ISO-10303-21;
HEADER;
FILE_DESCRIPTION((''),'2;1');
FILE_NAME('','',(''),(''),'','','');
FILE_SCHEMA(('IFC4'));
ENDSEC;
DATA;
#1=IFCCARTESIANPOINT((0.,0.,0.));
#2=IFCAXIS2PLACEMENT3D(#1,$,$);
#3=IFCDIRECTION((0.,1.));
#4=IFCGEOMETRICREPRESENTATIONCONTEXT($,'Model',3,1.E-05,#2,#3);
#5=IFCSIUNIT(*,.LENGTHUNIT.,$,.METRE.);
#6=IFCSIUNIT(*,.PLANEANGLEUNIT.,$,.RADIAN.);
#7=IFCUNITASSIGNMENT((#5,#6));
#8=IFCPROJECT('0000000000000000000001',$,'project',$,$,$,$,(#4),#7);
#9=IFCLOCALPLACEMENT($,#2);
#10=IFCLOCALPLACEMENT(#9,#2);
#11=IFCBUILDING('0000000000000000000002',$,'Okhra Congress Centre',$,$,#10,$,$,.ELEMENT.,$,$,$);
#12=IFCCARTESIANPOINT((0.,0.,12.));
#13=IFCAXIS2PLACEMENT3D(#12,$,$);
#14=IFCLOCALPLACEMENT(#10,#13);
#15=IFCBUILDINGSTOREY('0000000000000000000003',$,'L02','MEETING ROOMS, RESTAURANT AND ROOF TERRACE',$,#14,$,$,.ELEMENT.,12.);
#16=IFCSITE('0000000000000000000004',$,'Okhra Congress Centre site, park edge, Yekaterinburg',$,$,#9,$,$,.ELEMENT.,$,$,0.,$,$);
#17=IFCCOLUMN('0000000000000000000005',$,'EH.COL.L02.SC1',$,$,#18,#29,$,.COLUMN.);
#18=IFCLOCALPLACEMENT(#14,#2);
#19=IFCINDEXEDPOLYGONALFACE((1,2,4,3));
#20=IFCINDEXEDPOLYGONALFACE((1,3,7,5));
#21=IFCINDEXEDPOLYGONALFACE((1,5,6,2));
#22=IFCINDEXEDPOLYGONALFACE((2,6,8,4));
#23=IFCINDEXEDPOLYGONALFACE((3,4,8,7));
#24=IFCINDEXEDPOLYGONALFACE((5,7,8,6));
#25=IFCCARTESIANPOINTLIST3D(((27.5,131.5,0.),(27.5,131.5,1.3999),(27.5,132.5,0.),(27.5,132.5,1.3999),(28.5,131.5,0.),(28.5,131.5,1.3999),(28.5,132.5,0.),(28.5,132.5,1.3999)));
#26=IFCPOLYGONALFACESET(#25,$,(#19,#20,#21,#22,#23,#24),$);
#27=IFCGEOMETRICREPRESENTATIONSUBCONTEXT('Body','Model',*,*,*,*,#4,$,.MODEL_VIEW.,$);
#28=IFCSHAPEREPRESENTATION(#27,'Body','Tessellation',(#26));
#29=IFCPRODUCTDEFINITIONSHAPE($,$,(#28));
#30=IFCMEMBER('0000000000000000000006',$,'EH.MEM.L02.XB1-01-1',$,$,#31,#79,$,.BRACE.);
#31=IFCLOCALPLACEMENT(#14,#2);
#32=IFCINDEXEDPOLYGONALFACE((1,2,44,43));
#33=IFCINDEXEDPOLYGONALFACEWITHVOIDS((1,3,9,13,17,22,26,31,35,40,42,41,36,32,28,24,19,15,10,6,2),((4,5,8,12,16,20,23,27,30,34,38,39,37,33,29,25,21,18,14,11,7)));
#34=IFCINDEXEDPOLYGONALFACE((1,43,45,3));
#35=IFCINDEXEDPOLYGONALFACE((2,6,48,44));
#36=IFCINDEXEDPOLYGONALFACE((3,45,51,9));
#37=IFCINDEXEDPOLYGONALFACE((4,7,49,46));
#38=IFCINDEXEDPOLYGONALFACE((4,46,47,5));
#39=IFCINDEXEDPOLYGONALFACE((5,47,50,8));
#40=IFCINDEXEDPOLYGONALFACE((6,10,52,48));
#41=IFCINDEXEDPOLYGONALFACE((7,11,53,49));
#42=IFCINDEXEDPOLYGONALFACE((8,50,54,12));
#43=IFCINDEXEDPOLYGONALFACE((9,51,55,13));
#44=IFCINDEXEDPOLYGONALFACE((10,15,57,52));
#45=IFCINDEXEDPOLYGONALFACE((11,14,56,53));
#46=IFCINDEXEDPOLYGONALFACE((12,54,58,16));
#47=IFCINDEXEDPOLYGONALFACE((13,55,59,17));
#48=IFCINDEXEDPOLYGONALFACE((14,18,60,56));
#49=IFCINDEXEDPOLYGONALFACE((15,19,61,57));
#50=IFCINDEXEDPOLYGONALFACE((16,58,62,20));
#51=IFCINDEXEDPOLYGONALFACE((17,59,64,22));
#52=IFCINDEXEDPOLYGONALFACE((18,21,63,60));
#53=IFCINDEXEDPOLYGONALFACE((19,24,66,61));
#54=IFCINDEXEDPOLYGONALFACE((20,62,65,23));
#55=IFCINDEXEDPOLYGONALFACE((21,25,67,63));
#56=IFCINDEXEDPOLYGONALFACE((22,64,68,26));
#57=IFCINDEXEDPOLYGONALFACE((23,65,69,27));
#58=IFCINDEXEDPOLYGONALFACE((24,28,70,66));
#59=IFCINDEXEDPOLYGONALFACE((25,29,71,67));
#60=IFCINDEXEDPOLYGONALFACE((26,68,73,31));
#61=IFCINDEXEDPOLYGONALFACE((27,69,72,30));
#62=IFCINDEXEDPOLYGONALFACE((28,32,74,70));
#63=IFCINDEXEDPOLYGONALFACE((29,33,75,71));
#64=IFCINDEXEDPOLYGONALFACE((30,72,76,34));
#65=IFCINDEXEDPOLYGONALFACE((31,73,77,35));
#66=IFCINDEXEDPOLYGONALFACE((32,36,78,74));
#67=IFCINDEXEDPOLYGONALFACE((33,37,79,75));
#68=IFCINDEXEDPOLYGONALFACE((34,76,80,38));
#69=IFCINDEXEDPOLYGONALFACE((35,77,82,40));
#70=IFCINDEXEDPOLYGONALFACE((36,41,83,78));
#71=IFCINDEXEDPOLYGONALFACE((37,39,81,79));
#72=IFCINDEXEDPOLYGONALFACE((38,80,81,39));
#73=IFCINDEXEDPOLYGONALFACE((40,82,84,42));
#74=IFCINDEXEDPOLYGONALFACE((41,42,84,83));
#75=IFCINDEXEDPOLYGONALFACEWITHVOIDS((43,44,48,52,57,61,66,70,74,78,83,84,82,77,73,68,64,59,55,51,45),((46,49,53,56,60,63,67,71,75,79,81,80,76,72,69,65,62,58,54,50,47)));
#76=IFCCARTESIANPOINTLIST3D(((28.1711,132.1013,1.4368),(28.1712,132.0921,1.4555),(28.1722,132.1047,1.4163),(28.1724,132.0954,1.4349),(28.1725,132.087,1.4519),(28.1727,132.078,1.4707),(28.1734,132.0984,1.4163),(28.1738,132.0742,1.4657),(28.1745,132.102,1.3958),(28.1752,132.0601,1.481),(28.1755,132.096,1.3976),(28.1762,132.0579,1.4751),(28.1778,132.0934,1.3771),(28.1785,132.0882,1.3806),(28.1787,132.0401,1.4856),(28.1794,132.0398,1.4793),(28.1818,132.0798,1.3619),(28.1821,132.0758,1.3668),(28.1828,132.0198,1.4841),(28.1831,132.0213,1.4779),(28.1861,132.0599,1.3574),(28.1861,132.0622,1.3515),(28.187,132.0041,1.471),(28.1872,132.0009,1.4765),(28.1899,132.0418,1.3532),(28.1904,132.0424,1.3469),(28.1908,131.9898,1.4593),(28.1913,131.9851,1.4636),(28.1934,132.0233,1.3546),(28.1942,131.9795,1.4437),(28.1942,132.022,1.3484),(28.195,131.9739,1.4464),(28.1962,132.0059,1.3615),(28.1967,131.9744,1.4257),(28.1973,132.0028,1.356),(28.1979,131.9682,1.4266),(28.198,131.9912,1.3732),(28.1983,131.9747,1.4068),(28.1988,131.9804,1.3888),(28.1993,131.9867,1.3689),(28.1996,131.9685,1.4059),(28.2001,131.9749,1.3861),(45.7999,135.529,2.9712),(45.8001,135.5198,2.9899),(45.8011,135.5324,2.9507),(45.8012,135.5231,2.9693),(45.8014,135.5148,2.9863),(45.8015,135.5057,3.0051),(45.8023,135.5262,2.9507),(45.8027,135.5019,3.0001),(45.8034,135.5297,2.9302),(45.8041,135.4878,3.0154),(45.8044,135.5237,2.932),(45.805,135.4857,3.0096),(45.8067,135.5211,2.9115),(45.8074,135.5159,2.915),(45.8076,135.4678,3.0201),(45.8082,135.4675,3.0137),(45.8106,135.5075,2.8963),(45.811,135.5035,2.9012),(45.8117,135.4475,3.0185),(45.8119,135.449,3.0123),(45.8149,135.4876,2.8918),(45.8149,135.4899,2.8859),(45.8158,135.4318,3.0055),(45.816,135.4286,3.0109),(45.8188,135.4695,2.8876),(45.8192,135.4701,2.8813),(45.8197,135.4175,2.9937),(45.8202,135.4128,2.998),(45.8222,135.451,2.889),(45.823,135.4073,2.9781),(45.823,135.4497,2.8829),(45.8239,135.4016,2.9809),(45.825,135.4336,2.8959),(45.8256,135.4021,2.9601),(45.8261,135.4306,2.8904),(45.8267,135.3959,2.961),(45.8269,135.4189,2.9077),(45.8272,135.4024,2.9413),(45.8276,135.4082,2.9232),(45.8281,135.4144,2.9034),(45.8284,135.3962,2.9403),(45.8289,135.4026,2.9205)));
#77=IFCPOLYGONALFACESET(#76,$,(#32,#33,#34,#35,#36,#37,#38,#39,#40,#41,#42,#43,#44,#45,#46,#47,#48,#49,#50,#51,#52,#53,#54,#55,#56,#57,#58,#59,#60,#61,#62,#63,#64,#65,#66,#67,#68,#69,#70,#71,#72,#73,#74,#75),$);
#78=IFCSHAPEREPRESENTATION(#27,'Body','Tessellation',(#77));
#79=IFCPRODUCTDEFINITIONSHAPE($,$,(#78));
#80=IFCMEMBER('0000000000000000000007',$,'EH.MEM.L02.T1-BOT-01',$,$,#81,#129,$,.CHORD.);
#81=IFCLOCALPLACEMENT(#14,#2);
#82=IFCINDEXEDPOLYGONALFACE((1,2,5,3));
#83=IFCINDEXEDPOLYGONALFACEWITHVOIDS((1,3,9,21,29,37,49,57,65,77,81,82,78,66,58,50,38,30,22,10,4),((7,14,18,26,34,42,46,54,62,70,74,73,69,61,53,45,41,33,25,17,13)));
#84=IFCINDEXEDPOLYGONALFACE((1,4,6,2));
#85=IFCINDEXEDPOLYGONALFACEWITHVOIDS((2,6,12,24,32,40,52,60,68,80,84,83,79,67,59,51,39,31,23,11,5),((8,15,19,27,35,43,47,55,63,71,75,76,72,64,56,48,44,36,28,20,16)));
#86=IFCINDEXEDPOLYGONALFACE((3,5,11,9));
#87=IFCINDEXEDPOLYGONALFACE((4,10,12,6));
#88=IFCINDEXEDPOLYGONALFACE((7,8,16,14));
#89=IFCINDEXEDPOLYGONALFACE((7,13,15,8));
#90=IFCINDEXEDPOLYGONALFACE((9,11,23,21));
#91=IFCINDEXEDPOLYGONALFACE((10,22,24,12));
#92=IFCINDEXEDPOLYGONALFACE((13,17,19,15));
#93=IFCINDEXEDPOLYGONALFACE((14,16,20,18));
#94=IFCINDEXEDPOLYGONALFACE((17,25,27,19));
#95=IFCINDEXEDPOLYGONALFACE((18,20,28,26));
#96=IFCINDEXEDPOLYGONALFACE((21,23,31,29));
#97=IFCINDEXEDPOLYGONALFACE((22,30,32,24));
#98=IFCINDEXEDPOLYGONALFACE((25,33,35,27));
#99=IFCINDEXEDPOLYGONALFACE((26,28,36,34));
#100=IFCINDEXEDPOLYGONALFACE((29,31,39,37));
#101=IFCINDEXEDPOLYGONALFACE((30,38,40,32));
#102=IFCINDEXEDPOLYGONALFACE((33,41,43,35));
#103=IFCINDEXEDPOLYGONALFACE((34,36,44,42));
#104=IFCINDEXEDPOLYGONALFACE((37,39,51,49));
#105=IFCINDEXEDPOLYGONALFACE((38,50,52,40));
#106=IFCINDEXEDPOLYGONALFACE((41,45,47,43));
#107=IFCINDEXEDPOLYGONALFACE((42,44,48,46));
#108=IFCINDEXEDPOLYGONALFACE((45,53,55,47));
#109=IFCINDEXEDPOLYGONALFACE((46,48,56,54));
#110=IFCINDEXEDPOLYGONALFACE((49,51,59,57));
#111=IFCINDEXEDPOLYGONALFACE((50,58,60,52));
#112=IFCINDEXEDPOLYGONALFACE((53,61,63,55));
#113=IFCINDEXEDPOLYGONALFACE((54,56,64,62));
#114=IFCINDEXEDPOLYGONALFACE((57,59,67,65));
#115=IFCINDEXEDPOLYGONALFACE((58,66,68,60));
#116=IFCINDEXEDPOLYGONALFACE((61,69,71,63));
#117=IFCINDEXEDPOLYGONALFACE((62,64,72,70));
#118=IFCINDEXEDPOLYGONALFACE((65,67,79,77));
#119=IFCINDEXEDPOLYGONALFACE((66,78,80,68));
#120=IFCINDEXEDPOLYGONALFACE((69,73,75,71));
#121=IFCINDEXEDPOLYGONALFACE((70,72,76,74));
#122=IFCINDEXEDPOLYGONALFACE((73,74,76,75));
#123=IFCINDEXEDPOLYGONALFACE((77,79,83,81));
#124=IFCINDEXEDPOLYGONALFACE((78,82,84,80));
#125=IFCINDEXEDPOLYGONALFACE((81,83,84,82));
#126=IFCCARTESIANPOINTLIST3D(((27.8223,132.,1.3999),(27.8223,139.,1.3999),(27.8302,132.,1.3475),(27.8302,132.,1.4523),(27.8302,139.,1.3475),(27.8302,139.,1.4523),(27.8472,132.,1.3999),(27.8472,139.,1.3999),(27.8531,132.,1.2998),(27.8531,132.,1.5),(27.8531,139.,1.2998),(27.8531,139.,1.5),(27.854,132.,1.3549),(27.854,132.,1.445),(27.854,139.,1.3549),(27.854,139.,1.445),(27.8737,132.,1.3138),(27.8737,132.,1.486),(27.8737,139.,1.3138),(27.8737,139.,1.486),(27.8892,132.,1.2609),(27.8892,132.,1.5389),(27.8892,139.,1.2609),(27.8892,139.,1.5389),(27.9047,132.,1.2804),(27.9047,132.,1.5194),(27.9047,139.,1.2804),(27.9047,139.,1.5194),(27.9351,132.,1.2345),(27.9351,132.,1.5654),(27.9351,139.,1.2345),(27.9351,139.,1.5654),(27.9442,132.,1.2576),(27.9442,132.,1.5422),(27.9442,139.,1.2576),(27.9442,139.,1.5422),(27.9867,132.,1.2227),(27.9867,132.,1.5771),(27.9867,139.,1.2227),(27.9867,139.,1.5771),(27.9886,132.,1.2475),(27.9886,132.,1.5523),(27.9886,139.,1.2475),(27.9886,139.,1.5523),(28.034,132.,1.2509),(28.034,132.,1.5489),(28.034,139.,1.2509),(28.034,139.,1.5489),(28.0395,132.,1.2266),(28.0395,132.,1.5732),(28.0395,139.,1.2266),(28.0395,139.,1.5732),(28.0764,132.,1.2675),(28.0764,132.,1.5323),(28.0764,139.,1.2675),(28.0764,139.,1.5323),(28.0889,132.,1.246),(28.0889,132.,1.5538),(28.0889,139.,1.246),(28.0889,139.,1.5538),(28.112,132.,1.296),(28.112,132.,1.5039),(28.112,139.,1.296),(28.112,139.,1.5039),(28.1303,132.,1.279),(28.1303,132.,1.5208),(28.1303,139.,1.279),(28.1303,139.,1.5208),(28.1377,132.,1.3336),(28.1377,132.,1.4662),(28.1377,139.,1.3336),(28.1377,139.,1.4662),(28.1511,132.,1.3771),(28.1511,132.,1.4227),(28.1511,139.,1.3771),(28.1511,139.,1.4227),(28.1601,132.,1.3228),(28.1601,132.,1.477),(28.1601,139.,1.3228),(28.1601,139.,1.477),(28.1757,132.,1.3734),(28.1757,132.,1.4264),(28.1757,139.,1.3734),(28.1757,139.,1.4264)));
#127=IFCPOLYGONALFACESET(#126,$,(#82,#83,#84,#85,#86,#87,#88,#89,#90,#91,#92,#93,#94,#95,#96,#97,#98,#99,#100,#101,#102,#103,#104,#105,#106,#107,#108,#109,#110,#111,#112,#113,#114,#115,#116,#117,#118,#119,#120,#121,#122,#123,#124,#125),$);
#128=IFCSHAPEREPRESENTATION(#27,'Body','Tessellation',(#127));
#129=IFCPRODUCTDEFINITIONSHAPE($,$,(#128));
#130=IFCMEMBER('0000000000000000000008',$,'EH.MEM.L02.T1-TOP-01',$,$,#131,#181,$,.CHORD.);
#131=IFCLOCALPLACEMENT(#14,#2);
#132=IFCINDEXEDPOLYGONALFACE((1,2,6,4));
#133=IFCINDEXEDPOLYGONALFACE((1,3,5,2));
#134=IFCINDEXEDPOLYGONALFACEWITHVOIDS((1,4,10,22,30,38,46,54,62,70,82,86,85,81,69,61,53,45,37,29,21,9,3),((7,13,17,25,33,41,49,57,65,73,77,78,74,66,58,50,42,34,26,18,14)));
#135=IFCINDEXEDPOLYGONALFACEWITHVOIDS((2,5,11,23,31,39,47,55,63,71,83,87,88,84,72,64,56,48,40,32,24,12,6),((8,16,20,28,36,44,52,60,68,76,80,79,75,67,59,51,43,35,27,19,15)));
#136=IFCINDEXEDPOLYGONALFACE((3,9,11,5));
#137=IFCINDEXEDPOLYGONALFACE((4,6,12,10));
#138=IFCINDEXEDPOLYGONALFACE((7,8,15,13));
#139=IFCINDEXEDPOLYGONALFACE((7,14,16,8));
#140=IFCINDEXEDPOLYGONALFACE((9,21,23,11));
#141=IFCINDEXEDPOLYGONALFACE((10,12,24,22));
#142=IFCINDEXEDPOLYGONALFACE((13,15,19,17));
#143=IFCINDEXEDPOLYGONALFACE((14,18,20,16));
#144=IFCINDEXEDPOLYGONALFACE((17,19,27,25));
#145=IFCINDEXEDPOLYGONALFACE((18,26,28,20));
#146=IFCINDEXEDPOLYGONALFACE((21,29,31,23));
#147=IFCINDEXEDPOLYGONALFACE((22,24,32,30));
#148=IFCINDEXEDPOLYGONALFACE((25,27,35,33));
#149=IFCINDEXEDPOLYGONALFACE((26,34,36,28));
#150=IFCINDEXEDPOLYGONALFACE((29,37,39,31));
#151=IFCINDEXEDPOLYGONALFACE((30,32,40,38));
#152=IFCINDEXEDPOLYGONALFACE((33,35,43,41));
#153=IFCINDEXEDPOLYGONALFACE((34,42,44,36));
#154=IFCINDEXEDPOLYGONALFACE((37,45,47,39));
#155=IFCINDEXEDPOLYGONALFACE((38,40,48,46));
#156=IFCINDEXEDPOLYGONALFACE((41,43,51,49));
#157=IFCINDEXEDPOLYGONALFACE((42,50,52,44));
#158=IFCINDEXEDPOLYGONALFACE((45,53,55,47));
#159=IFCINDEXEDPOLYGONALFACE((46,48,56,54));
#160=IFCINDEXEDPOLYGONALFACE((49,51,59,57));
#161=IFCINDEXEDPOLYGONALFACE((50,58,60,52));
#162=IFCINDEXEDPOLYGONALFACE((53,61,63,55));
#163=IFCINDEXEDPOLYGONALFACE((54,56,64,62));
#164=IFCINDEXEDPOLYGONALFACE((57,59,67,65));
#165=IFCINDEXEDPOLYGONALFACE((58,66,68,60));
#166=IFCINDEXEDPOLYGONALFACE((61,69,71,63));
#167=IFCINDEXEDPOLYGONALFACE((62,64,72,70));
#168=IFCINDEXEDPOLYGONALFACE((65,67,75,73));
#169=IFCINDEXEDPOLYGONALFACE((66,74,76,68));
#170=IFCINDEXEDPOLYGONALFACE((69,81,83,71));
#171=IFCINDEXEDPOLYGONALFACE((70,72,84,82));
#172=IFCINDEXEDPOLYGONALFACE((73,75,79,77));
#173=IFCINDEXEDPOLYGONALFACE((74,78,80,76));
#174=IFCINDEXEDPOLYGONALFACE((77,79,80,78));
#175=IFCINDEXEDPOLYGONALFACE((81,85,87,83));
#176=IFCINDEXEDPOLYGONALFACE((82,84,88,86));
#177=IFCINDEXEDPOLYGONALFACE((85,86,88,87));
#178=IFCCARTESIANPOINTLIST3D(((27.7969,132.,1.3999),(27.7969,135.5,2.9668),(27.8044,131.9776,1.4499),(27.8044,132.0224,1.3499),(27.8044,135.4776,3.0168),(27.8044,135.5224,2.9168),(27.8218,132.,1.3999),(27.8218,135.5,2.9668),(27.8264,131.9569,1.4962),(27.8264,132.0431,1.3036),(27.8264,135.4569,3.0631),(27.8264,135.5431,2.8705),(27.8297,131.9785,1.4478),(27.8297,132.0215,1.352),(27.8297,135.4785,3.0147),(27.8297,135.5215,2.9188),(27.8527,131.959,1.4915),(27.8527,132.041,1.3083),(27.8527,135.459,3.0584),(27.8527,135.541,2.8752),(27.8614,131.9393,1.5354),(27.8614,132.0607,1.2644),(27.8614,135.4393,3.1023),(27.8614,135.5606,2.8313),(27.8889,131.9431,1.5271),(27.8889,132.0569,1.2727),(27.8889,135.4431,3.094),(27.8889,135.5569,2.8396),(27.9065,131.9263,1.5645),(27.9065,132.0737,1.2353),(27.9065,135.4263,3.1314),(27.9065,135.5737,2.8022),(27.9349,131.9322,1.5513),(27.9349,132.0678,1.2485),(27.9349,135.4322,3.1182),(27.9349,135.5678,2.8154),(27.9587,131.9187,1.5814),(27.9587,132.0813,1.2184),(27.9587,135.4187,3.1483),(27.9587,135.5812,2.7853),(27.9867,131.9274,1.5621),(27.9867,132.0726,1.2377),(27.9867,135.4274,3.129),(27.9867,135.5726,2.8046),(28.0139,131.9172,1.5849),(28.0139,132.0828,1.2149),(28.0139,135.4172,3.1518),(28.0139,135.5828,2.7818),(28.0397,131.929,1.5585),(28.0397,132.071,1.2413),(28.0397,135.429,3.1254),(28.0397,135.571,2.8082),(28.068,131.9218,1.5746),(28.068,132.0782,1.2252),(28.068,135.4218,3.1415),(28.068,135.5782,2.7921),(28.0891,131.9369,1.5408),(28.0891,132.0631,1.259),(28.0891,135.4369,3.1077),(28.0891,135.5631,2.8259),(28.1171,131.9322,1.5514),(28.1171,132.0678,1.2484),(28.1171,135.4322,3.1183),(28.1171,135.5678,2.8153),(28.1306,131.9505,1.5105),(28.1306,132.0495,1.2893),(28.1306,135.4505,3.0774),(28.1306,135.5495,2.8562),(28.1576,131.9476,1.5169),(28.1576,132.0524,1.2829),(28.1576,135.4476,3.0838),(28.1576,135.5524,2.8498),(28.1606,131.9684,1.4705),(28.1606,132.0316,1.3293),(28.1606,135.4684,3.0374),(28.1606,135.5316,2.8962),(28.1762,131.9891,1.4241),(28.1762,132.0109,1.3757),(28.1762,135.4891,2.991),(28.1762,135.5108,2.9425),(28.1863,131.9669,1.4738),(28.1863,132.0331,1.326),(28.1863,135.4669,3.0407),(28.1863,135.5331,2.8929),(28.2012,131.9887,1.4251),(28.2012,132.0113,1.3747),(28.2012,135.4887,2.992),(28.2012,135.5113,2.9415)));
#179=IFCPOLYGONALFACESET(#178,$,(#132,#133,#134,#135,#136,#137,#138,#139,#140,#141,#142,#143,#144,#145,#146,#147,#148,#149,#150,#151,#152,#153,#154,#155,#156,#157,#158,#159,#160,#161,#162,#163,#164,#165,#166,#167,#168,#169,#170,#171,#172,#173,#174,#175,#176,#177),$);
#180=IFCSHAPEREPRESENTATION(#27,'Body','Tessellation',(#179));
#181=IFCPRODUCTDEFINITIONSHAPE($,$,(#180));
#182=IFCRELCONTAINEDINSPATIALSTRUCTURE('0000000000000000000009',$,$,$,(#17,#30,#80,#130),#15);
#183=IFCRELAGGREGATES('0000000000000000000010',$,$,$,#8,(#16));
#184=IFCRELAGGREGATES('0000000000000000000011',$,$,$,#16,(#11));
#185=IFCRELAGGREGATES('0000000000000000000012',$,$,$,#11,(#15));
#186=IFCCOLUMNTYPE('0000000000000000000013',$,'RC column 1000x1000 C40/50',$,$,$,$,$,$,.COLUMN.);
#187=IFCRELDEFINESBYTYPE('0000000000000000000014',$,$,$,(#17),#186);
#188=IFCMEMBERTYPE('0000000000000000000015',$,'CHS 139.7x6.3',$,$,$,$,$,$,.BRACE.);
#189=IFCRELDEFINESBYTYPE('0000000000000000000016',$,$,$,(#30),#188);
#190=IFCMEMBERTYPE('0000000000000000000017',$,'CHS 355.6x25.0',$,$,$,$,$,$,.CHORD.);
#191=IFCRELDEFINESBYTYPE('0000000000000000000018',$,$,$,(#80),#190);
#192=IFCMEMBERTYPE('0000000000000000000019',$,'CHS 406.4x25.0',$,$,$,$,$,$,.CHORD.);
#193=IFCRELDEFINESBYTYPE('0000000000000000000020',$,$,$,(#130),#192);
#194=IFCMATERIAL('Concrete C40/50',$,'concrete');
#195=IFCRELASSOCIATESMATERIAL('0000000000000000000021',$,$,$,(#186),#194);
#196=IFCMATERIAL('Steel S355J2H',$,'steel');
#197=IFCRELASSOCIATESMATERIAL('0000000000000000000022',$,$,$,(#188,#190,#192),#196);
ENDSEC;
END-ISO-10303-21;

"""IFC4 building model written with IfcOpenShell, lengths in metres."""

from ifc_helpers import new_model, si_unit, direction, frame, origin, origin_2d, place, context, subcontext, project, spatial, rectangle, hollow_circle, extrude, material, material_profile, profile_set, type_object, element, save


model = new_model("IFC4")

# Units and contexts
model_context = context("Model", 3, precision=1e-05, world=origin(), true_north=direction((0.0, 1.0)))
body_context = subcontext(model_context, "Body", "Model", "MODEL_VIEW")
ifc_project = project(units=[si_unit("LENGTHUNIT", "METRE"), si_unit("PLANEANGLEUNIT", "RADIAN")], contexts=[model_context])

# Site, building, storey
site_placement = place(None, origin())
site = spatial("IfcSite", under=ifc_project, at=site_placement, Name="Okhra Congress Centre site, park edge, Yekaterinburg", CompositionType="ELEMENT", RefElevation=0.0)
building_placement = place(site_placement, origin())
building = spatial("IfcBuilding", under=site, at=building_placement, Name="Okhra Congress Centre", CompositionType="ELEMENT")
storey_placement = place(building_placement, frame((0.0, 0.0, 12.0)))
storey = spatial("IfcBuildingStorey", under=building, at=storey_placement, Name="L02", Description="MEETING ROOMS, RESTAURANT AND ROOF TERRACE", CompositionType="ELEMENT", Elevation=12.0)

# Column
ifc_material_1 = material(Name="Concrete C40/50", Category="concrete")
ifc_material_profile_1 = material_profile(ifc_material_1, rectangle(XDim=1.0, YDim=1.0, at=origin_2d()), Name="RC 1000x1000")
ifc_profile_set_1 = profile_set([ifc_material_profile_1], Name="Concrete C40/50")
column_type = type_object("IfcColumnType", Name="RC column 1000x1000 C40/50", PredefinedType="COLUMN", material=ifc_profile_set_1)
column_placement = place(storey_placement, frame((28.0, 132.0, 0.0), z_axis=(0.0, 0.0, 1.0), x_axis=(1.0, 0.0, 0.0)))
element("IfcColumn", 1, at=column_placement, inside=storey, type_object=column_type, Name="EH.COL.L02.SC1", PredefinedType="COLUMN", context=body_context, shape_type="SweptSolid", body=[
    extrude(rectangle(XDim=1.0, YDim=1.0, at=origin_2d()), origin(), (0.0, 0.0, 1.0), 1.3999),
])

# Members
ifc_material_2 = material(Name="Steel S355J2H", Category="steel")
ifc_material_profile_2 = material_profile(ifc_material_2, hollow_circle(Radius=0.0698, WallThickness=0.0063, at=origin_2d()), Name="CHS 139.7x6.3")
ifc_profile_set_2 = profile_set([ifc_material_profile_2], Name="Steel S355J2H")
member_type_1 = type_object("IfcMemberType", Name="CHS 139.7x6.3", PredefinedType="BRACE", material=ifc_profile_set_2)
member_1_placement = place(storey_placement, frame((28.1855, 132.0361, 1.4163), z_axis=(0.978053, 0.190171, 0.08513), x_axis=(-0.190864, 0.981617, 0.0)))
element("IfcMember", 2, at=member_1_placement, inside=storey, type_object=member_type_1, Name="EH.MEM.L02.XB1-01-1", PredefinedType="BRACE", context=body_context, shape_type="SweptSolid", body=[
    extrude(hollow_circle(Radius=0.0698, WallThickness=0.0063, at=origin_2d()), origin(), (0.0, 0.0, 1.0), 18.0244),
])
ifc_material_profile_3 = material_profile(ifc_material_2, hollow_circle(Radius=0.1777, WallThickness=0.0249, at=origin_2d()), Name="CHS 355.6x25.0")
ifc_profile_set_3 = profile_set([ifc_material_profile_3], Name="Steel S355J2H")
member_type_2 = type_object("IfcMemberType", Name="CHS 355.6x25.0", PredefinedType="CHORD", material=ifc_profile_set_3)
member_2_placement = place(storey_placement, frame((28.0, 132.0, 1.3999), z_axis=(0.0, 1.0, 0.0), x_axis=(-1.0, 0.0, 0.0)))
element("IfcMember", 3, at=member_2_placement, inside=storey, type_object=member_type_2, Name="EH.MEM.L02.T1-BOT-01", PredefinedType="CHORD", context=body_context, shape_type="SweptSolid", body=[
    extrude(hollow_circle(Radius=0.1777, WallThickness=0.0249, at=origin_2d()), origin(), (0.0, 0.0, 1.0), 7.0),
])
ifc_material_profile_4 = material_profile(ifc_material_2, hollow_circle(Radius=0.2031, WallThickness=0.0249, at=origin_2d()), Name="CHS 406.4x25.0")
ifc_profile_set_4 = profile_set([ifc_material_profile_4], Name="Steel S355J2H")
member_type_3 = type_object("IfcMemberType", Name="CHS 406.4x25.0", PredefinedType="CHORD", material=ifc_profile_set_4)
member_3_placement = place(storey_placement, frame((28.0, 132.0, 1.3999), z_axis=(0.0, 0.912711, 0.408606), x_axis=(-1.0, 0.0, 0.0)))
element("IfcMember", 4, at=member_3_placement, inside=storey, type_object=member_type_3, Name="EH.MEM.L02.T1-TOP-01", PredefinedType="CHORD", context=body_context, shape_type="SweptSolid", body=[
    extrude(hollow_circle(Radius=0.2031, WallThickness=0.0249, at=origin_2d()), origin(), (0.0, 0.0, 1.0), 3.8347),
])

save(model, "model.ifc")
